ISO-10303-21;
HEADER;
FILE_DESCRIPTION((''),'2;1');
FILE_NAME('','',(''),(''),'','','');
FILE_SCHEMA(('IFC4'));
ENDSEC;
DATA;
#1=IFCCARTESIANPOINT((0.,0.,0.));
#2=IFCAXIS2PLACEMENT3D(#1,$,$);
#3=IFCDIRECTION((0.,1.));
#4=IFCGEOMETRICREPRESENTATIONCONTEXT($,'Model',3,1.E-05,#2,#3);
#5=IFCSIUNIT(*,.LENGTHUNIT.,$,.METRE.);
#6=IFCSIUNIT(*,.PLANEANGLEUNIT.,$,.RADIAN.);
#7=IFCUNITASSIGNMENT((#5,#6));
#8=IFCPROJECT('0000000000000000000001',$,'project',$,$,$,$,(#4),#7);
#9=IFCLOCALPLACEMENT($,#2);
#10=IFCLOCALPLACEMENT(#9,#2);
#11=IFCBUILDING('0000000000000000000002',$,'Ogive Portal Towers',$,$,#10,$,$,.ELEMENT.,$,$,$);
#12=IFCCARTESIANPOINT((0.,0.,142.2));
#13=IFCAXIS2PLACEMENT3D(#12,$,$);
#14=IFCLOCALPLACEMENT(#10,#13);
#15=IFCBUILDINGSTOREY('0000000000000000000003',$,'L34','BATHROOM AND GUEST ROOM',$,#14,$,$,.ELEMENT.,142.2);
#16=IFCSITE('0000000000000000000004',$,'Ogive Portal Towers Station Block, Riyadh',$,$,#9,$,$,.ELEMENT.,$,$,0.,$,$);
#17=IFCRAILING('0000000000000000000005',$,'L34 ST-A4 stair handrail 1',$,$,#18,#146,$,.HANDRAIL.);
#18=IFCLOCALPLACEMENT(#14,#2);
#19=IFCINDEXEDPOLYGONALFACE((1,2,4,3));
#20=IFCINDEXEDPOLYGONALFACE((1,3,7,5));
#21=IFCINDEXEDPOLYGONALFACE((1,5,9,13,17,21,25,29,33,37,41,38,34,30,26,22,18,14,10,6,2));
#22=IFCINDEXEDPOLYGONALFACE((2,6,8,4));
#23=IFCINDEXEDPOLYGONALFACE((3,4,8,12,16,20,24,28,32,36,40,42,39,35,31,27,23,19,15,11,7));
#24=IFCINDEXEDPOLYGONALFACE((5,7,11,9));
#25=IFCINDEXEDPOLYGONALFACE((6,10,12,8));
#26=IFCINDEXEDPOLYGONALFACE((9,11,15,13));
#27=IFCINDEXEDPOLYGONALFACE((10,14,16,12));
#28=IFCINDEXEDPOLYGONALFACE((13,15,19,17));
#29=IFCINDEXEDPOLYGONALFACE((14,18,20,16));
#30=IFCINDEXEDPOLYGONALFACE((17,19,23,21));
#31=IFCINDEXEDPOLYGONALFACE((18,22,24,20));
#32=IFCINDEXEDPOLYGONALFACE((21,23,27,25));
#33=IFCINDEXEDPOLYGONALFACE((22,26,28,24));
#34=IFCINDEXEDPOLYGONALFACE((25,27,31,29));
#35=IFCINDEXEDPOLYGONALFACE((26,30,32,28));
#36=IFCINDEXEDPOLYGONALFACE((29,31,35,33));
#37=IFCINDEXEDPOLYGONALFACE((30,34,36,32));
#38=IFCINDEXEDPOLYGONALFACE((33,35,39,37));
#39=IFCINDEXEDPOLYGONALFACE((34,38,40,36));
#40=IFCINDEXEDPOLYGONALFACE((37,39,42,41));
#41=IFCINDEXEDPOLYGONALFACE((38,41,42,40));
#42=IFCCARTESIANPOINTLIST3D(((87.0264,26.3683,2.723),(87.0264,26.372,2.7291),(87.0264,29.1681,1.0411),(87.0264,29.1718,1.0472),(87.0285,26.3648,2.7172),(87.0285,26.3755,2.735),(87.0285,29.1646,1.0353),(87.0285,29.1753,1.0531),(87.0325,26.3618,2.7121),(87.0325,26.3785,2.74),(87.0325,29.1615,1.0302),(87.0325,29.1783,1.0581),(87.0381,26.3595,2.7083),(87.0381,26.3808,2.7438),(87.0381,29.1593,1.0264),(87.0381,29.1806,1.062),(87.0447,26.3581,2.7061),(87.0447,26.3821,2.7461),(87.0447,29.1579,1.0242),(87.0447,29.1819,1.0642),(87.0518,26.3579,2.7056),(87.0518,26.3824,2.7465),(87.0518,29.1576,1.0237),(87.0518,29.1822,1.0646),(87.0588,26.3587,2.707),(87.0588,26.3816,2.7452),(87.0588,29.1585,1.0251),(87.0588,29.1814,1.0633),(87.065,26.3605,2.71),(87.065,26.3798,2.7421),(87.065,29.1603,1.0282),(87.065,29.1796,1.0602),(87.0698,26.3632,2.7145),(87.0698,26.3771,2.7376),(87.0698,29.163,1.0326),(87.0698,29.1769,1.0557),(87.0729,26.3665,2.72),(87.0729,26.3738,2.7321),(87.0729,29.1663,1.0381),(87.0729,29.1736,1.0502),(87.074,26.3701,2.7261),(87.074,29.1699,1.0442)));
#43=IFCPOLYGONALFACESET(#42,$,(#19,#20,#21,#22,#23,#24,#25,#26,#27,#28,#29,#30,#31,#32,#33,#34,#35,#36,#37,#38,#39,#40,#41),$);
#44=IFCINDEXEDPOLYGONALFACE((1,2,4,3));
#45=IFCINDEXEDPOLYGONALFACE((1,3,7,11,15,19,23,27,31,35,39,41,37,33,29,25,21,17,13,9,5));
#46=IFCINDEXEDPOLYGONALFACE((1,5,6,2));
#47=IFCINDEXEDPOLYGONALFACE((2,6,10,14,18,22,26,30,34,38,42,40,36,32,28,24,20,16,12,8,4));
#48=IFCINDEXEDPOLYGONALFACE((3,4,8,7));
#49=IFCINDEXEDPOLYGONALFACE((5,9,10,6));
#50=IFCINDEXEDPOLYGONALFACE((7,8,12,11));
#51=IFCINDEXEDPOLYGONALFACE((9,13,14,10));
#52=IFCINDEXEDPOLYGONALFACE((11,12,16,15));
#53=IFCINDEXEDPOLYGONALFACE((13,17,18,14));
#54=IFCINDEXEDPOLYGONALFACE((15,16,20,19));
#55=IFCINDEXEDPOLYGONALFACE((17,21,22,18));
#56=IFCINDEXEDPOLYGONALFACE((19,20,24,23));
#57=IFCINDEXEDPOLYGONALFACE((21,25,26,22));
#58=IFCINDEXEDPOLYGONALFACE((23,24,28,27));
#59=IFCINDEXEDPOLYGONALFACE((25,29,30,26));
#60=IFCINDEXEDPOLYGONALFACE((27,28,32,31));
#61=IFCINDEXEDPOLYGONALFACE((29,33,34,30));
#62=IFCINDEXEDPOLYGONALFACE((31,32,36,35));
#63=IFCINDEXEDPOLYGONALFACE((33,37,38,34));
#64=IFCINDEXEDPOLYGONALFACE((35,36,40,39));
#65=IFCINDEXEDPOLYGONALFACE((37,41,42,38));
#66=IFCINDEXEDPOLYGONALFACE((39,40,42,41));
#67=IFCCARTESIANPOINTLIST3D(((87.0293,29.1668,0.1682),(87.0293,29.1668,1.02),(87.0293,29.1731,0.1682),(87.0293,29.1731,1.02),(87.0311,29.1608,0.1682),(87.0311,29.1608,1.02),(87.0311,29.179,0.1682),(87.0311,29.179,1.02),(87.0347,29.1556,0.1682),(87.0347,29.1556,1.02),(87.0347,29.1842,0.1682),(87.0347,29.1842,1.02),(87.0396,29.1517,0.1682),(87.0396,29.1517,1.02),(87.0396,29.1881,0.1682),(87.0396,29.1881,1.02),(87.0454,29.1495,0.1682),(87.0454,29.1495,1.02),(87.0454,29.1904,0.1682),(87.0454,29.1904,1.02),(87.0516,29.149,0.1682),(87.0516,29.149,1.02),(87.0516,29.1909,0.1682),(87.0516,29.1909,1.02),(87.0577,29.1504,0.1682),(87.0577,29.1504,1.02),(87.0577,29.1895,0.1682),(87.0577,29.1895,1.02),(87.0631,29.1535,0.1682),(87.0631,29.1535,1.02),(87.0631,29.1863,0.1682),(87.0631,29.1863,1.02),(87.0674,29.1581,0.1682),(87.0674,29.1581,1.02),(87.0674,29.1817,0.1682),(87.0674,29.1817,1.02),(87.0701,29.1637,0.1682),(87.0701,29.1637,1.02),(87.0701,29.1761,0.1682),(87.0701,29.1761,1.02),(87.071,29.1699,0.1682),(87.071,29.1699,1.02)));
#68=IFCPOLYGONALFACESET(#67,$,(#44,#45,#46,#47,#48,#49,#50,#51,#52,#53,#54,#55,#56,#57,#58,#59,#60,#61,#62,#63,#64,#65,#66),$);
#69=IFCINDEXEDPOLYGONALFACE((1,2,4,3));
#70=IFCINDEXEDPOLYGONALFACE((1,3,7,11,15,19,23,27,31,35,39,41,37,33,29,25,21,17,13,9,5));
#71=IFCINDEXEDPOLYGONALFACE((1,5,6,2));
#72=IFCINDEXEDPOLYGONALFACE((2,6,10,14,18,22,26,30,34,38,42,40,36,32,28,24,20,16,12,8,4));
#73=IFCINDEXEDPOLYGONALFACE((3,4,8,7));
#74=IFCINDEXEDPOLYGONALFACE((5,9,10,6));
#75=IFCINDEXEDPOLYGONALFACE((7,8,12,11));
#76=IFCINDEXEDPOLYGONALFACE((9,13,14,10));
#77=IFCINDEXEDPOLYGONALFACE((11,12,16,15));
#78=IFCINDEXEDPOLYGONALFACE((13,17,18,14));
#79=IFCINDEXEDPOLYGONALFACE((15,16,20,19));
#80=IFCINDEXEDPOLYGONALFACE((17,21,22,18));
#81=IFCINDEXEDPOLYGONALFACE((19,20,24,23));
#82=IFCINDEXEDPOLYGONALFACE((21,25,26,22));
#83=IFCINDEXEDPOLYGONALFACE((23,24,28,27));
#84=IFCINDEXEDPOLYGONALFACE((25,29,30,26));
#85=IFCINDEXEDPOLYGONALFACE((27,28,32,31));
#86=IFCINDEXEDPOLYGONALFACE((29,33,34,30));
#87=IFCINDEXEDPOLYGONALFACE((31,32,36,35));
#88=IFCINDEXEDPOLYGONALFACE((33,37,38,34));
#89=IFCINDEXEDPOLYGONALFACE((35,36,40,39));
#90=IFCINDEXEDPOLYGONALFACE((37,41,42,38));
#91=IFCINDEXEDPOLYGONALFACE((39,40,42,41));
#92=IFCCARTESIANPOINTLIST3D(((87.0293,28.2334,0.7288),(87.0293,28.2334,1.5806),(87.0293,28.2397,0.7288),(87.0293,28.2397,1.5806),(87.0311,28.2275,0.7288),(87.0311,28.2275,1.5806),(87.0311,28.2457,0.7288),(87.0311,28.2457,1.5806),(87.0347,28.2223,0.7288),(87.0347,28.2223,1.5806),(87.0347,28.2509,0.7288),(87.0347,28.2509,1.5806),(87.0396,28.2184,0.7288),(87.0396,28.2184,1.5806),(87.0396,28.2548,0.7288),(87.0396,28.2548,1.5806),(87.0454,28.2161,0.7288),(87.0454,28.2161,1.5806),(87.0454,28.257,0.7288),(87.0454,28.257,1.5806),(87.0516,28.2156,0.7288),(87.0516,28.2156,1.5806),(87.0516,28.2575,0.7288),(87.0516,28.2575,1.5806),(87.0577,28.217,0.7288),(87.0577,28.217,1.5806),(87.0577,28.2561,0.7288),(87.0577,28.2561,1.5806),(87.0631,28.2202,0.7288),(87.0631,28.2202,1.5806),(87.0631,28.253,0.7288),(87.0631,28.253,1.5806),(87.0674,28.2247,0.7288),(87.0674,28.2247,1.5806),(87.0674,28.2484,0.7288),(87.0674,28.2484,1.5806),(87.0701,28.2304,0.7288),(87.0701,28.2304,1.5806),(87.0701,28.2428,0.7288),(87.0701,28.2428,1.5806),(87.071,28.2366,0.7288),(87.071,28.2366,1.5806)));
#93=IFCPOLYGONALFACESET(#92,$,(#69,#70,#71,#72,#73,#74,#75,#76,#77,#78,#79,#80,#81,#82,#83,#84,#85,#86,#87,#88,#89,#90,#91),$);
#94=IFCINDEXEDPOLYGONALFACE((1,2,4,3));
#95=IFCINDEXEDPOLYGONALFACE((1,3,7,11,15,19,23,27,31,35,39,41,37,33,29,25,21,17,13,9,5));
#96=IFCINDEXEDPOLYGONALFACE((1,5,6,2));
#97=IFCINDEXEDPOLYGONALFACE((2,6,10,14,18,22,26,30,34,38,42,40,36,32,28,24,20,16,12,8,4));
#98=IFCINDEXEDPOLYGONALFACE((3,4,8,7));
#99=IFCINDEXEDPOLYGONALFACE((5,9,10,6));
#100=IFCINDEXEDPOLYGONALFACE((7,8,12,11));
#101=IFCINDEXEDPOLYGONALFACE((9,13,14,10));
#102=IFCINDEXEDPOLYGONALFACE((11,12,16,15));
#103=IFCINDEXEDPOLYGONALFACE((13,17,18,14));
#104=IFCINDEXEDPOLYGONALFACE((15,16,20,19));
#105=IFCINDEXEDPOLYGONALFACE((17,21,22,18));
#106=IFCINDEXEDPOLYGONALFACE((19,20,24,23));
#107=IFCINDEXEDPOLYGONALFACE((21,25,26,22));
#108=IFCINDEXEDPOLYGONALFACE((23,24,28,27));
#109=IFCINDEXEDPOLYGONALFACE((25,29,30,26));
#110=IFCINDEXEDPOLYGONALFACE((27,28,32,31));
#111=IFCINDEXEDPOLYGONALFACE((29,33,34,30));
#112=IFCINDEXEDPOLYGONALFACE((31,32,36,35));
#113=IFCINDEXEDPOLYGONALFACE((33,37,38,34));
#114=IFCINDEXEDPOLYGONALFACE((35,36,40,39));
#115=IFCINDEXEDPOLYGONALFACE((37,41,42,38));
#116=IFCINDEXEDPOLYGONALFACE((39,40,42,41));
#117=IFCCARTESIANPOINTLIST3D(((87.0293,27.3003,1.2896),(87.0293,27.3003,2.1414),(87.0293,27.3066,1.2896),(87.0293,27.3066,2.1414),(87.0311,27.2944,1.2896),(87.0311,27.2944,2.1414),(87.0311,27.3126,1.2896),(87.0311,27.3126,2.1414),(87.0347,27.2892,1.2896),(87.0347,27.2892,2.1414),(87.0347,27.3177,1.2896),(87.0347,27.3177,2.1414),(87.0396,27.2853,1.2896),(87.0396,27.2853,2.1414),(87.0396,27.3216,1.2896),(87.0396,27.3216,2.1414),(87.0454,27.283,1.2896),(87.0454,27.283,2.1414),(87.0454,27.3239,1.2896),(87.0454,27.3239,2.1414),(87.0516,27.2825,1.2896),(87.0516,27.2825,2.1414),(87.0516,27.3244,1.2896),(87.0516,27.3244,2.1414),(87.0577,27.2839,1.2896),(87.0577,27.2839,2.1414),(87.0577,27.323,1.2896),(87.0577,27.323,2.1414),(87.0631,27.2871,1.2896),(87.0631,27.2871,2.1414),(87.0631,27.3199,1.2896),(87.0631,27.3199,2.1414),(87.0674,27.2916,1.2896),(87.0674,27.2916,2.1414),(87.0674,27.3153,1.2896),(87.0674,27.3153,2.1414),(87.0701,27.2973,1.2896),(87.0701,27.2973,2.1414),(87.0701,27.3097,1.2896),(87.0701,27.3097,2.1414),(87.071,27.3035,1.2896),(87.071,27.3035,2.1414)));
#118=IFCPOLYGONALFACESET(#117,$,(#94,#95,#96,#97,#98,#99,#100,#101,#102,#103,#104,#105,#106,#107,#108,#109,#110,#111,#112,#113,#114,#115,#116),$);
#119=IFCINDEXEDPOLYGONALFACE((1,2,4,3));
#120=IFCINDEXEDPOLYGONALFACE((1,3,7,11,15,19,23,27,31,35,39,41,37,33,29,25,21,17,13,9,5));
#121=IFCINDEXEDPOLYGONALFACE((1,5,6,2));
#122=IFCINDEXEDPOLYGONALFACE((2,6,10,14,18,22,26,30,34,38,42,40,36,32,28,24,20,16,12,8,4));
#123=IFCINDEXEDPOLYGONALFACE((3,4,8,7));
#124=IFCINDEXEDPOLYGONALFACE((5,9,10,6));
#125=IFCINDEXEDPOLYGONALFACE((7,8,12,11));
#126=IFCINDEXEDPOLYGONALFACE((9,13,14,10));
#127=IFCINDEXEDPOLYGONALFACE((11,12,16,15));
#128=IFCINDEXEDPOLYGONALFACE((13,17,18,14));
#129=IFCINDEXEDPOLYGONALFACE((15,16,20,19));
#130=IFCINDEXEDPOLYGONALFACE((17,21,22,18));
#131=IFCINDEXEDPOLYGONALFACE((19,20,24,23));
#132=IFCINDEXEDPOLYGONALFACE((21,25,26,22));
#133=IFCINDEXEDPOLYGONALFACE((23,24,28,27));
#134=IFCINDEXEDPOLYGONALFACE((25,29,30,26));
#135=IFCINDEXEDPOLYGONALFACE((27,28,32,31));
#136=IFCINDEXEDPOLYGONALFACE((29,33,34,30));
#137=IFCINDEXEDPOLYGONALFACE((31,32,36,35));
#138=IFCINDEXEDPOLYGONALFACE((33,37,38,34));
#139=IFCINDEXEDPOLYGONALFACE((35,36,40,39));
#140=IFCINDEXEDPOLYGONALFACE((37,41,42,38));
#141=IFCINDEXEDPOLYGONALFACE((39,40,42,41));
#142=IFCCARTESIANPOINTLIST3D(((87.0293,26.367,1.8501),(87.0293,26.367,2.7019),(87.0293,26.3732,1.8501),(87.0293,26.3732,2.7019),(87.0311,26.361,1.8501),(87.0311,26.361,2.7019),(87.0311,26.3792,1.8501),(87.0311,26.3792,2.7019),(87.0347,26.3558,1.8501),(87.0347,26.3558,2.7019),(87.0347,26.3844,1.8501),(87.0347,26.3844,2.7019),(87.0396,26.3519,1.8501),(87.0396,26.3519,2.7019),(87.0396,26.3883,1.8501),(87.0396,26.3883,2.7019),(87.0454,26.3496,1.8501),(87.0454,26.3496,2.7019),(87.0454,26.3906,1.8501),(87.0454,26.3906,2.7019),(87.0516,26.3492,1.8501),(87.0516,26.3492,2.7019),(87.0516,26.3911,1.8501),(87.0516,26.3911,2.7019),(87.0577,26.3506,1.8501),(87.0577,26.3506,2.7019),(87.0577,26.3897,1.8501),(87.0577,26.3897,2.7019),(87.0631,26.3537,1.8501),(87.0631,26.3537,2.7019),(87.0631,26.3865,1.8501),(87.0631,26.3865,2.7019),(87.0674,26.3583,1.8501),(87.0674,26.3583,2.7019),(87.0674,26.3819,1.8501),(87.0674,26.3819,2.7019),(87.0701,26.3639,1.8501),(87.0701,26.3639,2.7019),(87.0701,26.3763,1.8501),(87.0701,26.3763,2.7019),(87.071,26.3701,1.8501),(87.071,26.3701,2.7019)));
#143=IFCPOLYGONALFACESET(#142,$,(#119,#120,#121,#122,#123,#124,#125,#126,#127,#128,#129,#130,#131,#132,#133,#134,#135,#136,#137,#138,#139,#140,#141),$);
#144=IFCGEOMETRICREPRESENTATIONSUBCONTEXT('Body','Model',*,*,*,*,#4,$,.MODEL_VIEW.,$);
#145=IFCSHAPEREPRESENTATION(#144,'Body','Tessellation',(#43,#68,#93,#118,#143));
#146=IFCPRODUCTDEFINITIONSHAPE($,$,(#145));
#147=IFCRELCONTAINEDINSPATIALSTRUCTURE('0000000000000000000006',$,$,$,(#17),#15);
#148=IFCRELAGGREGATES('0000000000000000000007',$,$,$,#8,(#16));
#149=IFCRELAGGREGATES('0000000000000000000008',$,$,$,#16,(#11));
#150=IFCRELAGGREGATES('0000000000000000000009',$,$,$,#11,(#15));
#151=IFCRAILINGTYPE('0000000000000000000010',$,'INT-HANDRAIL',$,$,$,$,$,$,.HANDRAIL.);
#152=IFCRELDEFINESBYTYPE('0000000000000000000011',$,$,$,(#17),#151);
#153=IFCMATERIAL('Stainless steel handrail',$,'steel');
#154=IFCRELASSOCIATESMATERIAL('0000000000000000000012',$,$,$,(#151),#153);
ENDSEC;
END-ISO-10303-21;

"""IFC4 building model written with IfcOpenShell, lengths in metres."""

from ifc_helpers import new_model, si_unit, direction, frame, origin, origin_2d, place, context, subcontext, project, spatial, circle, extrude, material, type_object, element, save


model = new_model("IFC4")

# Units and contexts
model_context = context("Model", 3, precision=1e-05, world=origin(), true_north=direction((0.0, 1.0)))
body_context = subcontext(model_context, "Body", "Model", "MODEL_VIEW")
ifc_project = project(units=[si_unit("LENGTHUNIT", "METRE"), si_unit("PLANEANGLEUNIT", "RADIAN")], contexts=[model_context])

# Site, building, storey
site_placement = place(None, origin())
site = spatial("IfcSite", under=ifc_project, at=site_placement, Name="Ogive Portal Towers Station Block, Riyadh", CompositionType="ELEMENT", RefElevation=0.0)
building_placement = place(site_placement, origin())
building = spatial("IfcBuilding", under=site, at=building_placement, Name="Ogive Portal Towers", CompositionType="ELEMENT")
storey_placement = place(building_placement, frame((0.0, 0.0, 142.2)))
storey = spatial("IfcBuildingStorey", under=building, at=storey_placement, Name="L34", Description="BATHROOM AND GUEST ROOM", CompositionType="ELEMENT", Elevation=142.2)

# Railing
ifc_material_1 = material(Name="Stainless steel handrail", Category="steel")
railing_type_1 = type_object("IfcRailingType", Name="INT-HANDRAIL", PredefinedType="HANDRAIL", material=ifc_material_1)
railing_1_placement = place(storey_placement, frame((87.05, 29.1699, 0.1682)))
element("IfcRailing", 1, at=railing_1_placement, inside=storey, type_object=railing_type_1, Name="L34 ST-A4 stair handrail 1", PredefinedType="HANDRAIL", context=body_context, shape_type="SweptSolid", body=[
    extrude(circle(Radius=0.0239, at=origin_2d()), frame((0.0, 0.0, 0.876), z_axis=(0.0, -0.857222, 0.514946), x_axis=(1.0, 0.0, 0.0)), (0.0, 0.0, 1.0), 3.2661),
    extrude(circle(Radius=0.021, at=origin_2d()), origin(), (0.0, 0.0, 1.0), 0.8518),
    extrude(circle(Radius=0.021, at=origin_2d()), frame((0.0, -0.9333, 0.5605)), (0.0, 0.0, 1.0), 0.8518),
    extrude(circle(Radius=0.021, at=origin_2d()), frame((0.0, -1.8665, 1.1213)), (0.0, 0.0, 1.0), 0.8518),
    extrude(circle(Radius=0.021, at=origin_2d()), frame((0.0, -2.7998, 1.6819)), (0.0, 0.0, 1.0), 0.8518),
])

save(model, "model.ifc")
